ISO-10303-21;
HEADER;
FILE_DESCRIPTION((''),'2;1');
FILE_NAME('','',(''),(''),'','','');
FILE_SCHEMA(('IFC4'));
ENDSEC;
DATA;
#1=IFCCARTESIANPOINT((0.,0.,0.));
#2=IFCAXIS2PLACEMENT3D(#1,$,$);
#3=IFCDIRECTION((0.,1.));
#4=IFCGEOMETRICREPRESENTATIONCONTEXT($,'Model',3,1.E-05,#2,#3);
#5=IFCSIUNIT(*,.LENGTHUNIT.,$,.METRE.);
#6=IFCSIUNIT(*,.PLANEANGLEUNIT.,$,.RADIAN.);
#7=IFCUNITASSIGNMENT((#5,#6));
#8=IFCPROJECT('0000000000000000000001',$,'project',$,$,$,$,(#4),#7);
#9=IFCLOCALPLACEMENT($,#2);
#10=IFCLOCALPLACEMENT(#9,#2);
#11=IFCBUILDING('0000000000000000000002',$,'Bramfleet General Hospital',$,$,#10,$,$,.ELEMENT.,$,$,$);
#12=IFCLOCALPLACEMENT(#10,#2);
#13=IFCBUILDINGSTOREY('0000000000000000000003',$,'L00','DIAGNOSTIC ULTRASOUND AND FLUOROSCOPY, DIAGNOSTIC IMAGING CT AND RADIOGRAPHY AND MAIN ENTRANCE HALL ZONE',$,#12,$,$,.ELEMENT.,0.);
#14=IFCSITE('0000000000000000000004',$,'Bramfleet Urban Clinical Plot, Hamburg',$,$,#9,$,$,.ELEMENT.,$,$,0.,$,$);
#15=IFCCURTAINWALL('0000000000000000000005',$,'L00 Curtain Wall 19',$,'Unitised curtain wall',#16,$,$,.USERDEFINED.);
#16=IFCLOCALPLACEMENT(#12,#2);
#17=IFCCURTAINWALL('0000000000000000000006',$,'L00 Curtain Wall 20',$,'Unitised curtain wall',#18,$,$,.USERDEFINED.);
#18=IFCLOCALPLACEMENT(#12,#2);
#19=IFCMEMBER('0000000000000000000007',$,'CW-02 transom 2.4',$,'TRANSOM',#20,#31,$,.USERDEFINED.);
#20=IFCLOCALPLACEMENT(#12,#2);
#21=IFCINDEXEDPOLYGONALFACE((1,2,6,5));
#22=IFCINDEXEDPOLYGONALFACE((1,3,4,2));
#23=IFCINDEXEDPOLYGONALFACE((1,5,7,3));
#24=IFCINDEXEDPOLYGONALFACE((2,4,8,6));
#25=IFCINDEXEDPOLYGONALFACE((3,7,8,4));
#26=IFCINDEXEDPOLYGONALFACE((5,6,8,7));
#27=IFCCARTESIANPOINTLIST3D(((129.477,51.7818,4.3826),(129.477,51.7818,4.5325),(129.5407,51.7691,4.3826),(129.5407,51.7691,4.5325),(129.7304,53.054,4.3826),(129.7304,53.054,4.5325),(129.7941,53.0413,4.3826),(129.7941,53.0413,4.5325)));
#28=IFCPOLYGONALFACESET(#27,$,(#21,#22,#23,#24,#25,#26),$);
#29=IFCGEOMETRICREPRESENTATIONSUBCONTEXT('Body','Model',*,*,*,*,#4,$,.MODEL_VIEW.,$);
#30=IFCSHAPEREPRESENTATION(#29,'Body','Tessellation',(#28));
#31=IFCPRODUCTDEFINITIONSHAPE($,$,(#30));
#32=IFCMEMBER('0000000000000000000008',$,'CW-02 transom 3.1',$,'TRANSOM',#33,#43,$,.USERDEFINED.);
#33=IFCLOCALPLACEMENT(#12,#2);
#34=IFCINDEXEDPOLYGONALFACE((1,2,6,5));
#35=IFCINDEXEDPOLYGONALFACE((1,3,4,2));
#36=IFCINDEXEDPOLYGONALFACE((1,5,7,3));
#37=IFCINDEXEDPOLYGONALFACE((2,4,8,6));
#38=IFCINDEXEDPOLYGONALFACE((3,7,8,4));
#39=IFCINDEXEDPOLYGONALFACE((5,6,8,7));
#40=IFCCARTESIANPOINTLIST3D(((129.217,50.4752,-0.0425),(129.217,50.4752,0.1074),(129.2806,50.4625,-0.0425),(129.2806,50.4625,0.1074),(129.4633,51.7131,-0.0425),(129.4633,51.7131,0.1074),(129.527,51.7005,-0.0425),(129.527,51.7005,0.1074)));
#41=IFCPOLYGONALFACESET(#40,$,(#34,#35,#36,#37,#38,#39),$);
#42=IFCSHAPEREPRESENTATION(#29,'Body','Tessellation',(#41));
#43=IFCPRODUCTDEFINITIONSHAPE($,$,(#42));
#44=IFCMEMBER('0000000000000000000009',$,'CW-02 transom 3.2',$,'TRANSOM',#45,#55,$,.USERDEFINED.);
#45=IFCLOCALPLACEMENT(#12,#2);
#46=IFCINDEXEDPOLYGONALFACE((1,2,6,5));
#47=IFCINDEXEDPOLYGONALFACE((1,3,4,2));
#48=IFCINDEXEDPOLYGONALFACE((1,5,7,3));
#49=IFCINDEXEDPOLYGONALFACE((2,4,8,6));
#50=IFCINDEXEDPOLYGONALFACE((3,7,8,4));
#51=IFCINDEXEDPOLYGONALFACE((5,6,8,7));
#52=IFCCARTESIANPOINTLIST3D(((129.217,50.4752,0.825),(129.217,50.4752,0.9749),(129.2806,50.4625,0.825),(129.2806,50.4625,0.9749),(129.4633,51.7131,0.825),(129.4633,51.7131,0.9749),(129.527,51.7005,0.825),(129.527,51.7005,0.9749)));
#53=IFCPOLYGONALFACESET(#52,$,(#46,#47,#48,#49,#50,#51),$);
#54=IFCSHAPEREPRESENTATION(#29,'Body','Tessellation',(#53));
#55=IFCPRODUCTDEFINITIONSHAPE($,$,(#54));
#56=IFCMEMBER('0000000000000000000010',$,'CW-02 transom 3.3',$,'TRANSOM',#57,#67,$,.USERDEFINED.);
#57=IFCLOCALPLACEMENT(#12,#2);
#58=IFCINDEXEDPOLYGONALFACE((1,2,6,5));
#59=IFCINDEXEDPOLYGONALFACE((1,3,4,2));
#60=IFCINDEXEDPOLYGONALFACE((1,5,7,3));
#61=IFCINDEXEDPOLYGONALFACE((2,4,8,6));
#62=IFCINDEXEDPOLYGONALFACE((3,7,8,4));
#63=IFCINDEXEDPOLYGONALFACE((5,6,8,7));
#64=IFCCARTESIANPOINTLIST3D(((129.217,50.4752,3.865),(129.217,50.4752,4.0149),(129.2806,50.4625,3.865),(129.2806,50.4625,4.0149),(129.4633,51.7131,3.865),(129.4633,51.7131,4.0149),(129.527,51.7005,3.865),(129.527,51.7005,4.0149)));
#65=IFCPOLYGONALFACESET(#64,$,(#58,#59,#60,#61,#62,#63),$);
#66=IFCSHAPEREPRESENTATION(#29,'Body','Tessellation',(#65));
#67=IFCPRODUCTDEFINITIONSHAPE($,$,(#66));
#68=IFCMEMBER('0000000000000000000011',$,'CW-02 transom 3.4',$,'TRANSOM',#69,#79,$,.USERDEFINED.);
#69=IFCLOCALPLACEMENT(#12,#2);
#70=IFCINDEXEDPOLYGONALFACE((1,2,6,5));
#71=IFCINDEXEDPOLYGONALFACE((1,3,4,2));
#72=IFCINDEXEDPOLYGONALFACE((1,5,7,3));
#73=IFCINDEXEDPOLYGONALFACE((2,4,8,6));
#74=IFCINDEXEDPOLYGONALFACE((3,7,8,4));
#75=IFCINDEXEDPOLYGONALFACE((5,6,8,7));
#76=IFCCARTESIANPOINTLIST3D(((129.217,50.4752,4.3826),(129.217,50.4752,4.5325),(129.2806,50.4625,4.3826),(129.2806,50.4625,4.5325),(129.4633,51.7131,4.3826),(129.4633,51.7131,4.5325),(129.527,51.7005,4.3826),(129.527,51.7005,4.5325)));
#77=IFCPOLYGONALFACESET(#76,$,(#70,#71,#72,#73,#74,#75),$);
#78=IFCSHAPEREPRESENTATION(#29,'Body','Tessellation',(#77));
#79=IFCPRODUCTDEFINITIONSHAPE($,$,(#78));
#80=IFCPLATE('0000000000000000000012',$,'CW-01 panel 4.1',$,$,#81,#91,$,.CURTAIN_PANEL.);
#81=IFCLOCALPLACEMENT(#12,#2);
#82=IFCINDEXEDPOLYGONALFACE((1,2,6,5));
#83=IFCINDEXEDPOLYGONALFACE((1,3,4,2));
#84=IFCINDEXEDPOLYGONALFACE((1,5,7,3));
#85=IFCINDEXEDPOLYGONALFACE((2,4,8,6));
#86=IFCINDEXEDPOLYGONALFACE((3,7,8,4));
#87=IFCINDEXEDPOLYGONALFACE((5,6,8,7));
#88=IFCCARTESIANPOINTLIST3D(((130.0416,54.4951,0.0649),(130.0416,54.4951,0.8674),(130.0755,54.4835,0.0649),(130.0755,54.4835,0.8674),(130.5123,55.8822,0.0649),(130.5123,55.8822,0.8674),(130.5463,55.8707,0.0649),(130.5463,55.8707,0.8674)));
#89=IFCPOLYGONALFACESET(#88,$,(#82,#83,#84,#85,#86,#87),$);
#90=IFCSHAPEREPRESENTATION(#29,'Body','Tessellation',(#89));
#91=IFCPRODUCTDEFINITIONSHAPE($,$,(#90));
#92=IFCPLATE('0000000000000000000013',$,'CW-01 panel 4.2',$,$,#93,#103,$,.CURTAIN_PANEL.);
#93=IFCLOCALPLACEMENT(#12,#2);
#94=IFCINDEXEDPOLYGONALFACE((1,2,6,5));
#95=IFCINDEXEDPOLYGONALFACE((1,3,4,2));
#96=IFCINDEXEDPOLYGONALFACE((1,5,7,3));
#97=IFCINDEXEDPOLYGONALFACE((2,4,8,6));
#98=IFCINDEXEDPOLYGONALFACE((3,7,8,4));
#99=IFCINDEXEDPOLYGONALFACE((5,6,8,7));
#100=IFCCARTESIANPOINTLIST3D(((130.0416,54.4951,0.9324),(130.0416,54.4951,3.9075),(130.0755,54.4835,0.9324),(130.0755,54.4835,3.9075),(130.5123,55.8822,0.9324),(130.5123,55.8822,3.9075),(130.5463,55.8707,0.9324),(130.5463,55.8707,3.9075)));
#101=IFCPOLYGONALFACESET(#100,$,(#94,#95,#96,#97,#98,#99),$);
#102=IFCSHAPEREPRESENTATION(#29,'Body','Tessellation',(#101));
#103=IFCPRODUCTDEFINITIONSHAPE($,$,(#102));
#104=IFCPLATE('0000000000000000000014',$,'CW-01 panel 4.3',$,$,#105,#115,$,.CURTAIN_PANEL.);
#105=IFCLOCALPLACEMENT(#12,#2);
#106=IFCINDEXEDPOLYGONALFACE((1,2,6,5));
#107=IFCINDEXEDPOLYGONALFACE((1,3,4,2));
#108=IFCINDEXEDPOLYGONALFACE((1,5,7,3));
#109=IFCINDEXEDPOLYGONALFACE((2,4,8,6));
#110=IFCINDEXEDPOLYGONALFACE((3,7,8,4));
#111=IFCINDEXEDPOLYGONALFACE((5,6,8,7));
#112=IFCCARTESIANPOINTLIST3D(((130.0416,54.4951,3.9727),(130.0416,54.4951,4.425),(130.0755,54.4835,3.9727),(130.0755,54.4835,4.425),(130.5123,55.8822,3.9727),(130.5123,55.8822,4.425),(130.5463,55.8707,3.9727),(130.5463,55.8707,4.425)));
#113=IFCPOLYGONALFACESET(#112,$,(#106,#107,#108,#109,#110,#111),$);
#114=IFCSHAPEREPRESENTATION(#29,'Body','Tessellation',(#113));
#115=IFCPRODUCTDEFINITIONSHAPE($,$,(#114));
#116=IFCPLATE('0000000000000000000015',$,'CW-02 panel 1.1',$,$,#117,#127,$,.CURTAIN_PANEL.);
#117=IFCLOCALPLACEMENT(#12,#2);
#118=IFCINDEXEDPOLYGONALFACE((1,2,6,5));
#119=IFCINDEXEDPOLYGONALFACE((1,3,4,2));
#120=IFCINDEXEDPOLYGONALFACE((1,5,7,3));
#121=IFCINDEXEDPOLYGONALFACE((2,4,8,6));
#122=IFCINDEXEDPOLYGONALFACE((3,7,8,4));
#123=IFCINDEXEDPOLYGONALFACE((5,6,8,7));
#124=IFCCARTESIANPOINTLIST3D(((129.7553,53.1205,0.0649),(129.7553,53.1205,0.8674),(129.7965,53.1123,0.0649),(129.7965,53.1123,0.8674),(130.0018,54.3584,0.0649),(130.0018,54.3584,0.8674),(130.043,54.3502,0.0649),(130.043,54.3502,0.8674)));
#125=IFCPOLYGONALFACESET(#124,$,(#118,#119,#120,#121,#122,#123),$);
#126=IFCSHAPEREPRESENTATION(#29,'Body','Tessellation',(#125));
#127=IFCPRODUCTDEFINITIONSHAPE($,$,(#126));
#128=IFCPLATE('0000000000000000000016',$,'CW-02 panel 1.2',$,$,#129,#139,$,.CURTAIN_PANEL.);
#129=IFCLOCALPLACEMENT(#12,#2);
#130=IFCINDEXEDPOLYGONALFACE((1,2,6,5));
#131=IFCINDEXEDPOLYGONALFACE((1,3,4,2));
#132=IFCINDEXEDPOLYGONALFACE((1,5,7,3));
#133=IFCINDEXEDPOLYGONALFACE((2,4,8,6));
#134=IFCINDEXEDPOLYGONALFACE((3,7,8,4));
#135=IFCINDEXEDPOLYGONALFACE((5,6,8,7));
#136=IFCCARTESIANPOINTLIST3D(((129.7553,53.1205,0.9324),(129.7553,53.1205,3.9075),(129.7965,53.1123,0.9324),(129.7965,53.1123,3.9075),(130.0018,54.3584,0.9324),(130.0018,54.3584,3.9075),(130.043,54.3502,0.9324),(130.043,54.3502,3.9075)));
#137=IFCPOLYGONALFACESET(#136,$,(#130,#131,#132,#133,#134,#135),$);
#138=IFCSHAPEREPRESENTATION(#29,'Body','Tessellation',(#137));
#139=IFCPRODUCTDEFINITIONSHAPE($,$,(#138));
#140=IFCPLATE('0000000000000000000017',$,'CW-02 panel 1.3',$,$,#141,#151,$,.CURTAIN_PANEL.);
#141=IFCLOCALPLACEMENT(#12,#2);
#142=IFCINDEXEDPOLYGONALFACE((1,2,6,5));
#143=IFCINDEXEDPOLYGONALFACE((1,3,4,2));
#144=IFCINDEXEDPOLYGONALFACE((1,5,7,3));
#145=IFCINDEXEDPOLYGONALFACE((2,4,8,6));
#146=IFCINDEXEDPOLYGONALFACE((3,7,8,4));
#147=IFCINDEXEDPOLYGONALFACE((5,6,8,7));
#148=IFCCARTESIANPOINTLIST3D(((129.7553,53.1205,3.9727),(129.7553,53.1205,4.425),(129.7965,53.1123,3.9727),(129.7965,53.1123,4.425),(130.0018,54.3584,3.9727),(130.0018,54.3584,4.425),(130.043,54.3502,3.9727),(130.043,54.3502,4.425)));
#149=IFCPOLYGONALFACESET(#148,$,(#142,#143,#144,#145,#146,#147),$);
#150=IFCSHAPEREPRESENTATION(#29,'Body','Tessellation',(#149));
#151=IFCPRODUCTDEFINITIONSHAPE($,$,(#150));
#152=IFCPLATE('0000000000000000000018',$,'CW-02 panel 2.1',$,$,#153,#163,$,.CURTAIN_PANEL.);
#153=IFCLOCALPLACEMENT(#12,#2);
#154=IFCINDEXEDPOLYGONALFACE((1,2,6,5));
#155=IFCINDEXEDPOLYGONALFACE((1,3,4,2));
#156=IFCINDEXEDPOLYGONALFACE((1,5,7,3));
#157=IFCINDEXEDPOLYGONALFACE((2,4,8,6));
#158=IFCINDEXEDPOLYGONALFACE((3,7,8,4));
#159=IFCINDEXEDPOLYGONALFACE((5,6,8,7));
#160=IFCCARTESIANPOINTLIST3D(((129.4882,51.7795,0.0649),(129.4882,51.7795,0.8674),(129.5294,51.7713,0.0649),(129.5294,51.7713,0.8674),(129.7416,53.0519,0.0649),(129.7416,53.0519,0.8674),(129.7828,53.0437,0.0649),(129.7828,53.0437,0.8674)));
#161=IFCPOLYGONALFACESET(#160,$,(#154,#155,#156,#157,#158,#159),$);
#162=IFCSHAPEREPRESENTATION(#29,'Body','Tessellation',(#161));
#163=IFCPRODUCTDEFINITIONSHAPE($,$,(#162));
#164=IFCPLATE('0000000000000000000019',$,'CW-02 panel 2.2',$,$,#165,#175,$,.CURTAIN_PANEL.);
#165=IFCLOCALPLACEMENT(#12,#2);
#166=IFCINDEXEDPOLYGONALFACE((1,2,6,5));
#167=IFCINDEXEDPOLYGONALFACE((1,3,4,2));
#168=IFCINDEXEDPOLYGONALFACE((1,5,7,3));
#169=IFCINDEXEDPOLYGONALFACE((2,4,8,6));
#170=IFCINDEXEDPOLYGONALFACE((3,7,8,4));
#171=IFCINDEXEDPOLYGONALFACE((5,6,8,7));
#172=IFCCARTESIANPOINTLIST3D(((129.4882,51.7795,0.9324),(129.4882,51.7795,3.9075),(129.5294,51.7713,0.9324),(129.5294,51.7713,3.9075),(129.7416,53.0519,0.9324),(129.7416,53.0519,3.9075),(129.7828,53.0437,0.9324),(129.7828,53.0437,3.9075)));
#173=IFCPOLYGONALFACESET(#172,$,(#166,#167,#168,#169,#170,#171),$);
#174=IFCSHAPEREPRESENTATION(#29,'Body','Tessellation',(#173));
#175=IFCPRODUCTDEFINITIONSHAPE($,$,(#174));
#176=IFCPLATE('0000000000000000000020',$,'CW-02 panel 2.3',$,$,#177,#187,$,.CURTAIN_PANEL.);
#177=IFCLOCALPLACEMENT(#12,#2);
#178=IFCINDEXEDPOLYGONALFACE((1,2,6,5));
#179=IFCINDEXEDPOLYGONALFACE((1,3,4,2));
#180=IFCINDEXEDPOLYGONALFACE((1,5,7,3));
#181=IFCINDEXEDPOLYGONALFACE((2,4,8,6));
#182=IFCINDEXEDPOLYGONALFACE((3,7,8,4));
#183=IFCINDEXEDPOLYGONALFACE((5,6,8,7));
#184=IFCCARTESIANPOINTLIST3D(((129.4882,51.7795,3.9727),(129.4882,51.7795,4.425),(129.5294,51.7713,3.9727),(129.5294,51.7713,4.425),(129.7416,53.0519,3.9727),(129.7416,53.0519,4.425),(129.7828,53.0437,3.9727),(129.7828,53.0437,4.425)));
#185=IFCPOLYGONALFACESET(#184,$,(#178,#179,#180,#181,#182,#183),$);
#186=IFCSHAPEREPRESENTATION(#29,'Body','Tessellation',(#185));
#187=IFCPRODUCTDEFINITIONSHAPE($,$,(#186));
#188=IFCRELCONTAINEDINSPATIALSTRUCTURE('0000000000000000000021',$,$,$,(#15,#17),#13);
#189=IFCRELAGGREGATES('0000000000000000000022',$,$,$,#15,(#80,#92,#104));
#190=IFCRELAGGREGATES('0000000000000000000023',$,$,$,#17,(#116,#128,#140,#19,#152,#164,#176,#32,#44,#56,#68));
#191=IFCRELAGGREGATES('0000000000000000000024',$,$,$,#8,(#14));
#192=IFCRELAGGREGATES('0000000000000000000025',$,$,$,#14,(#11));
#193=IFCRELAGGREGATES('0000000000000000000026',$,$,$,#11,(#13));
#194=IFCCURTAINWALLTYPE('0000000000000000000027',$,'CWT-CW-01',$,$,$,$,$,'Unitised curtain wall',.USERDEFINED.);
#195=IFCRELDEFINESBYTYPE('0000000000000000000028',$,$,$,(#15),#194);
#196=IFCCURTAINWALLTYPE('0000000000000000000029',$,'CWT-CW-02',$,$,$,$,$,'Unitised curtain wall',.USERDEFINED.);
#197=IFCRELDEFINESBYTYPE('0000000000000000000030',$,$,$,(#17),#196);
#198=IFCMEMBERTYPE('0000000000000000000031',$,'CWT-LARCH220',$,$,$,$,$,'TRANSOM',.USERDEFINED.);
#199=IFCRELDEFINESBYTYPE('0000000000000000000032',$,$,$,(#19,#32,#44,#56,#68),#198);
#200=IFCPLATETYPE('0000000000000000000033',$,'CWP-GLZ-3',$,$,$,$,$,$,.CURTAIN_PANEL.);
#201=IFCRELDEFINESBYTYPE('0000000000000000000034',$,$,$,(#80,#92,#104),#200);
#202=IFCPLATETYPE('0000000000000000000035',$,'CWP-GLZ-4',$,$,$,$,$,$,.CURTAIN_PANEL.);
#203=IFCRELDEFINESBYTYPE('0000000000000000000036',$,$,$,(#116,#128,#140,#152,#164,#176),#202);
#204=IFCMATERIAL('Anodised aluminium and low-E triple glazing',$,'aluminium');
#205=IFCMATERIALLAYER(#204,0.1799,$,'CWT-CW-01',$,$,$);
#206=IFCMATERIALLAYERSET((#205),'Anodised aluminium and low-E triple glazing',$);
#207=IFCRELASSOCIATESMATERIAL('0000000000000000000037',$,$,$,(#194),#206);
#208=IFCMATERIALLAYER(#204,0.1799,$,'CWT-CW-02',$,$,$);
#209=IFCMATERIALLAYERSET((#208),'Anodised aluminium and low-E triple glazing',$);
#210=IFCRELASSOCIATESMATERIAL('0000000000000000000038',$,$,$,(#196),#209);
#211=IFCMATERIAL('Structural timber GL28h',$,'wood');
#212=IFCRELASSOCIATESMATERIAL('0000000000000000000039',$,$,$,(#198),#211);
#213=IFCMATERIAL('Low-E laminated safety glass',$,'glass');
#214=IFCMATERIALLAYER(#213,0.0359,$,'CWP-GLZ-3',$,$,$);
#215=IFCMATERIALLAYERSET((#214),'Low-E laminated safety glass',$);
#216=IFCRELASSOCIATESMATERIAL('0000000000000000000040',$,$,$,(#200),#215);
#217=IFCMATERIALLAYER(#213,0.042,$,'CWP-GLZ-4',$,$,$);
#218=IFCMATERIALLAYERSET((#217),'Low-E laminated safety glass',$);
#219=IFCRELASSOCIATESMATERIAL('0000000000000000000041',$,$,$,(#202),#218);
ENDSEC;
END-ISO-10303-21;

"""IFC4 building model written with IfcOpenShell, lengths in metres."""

from ifc_helpers import new_model, si_unit, direction, frame, origin, origin_2d, place, context, subcontext, project, spatial, rectangle, extrude, material, layer, layer_set, material_profile, profile_set, type_object, element, aggregate, save


model = new_model("IFC4")

# Units and contexts
model_context = context("Model", 3, precision=1e-05, world=origin(), true_north=direction((0.0, 1.0)))
body_context = subcontext(model_context, "Body", "Model", "MODEL_VIEW")
ifc_project = project(units=[si_unit("LENGTHUNIT", "METRE"), si_unit("PLANEANGLEUNIT", "RADIAN")], contexts=[model_context])

# Site, building, storey
site_placement = place(None, origin())
site = spatial("IfcSite", under=ifc_project, at=site_placement, Name="Bramfleet Urban Clinical Plot, Hamburg", CompositionType="ELEMENT", RefElevation=0.0)
building_placement = place(site_placement, origin())
building = spatial("IfcBuilding", under=site, at=building_placement, Name="Bramfleet General Hospital", CompositionType="ELEMENT")
storey_placement = place(building_placement, origin())
storey = spatial("IfcBuildingStorey", under=building, at=storey_placement, Name="L00", Description="DIAGNOSTIC ULTRASOUND AND FLUOROSCOPY, DIAGNOSTIC IMAGING CT AND RADIOGRAPHY AND MAIN ENTRANCE HALL ZONE", CompositionType="ELEMENT", Elevation=0.0)

# Curtain wall
ifc_material_1 = material(Name="Anodised aluminium and low-E triple glazing", Category="aluminium")
ifc_layer_1 = layer(ifc_material_1, 0.1799, Name="CWT-CW-01")
ifc_layer_set_1 = layer_set([ifc_layer_1], Name="Anodised aluminium and low-E triple glazing")
curtain_wall_type_1 = type_object("IfcCurtainWallType", Name="CWT-CW-01", ElementType="Unitised curtain wall", PredefinedType="USERDEFINED", material=ifc_layer_set_1)
curtain_wall_1_placement = place(storey_placement, origin())
curtain_wall_1 = element("IfcCurtainWall", 1, at=curtain_wall_1_placement, inside=storey, type_object=curtain_wall_type_1, Name="L00 Curtain Wall 19", ObjectType="Unitised curtain wall", PredefinedType="USERDEFINED")
ifc_material_2 = material(Name="Structural timber GL28h", Category="wood")

# Curtain wall
ifc_layer_2 = layer(ifc_material_1, 0.1799, Name="CWT-CW-02")
ifc_layer_set_2 = layer_set([ifc_layer_2], Name="Anodised aluminium and low-E triple glazing")
curtain_wall_type_2 = type_object("IfcCurtainWallType", Name="CWT-CW-02", ElementType="Unitised curtain wall", PredefinedType="USERDEFINED", material=ifc_layer_set_2)
curtain_wall_2_placement = place(storey_placement, origin())
curtain_wall_2 = element("IfcCurtainWall", 2, at=curtain_wall_2_placement, inside=storey, type_object=curtain_wall_type_2, Name="L00 Curtain Wall 20", ObjectType="Unitised curtain wall", PredefinedType="USERDEFINED")

# Members
ifc_material_profile_1 = material_profile(ifc_material_2, rectangle(XDim=0.0649, YDim=0.1499, at=origin_2d()), Name="LARCH 150x65")
ifc_profile_set_1 = profile_set([ifc_material_profile_1], Name="Structural timber GL28h")
member_type_1 = type_object("IfcMemberType", Name="CWT-LARCH220", ElementType="TRANSOM", PredefinedType="USERDEFINED", material=ifc_profile_set_1)
member_1_placement = place(storey_placement, frame((129.7622, 53.0476, 4.4575), z_axis=(-0.195356, -0.980732, 0.0), x_axis=(0.980732, -0.195356, 0.0)))
member_1 = element("IfcMember", 3, at=member_1_placement, type_object=member_type_1, Name="CW-02 transom 2.4", ObjectType="TRANSOM", PredefinedType="USERDEFINED", context=body_context, shape_type="SweptSolid", body=[
    extrude(rectangle(XDim=0.0649, YDim=0.1499, at=origin_2d()), origin(), (0.0, 0.0, 1.0), 1.2971),
])
member_2_placement = place(storey_placement, frame((129.4951, 51.7068, 0.0325), z_axis=(-0.195149, -0.980774, 0.0), x_axis=(0.980774, -0.195149, 0.0)))
member_2 = element("IfcMember", 4, at=member_2_placement, type_object=member_type_1, Name="CW-02 transom 3.1", ObjectType="TRANSOM", PredefinedType="USERDEFINED", context=body_context, shape_type="SweptSolid", body=[
    extrude(rectangle(XDim=0.0649, YDim=0.1499, at=origin_2d()), origin(), (0.0, 0.0, 1.0), 1.2622),
])
member_3_placement = place(storey_placement, frame((129.4951, 51.7068, 0.8999), z_axis=(-0.195149, -0.980774, 0.0), x_axis=(0.980774, -0.195149, 0.0)))
member_3 = element("IfcMember", 5, at=member_3_placement, type_object=member_type_1, Name="CW-02 transom 3.2", ObjectType="TRANSOM", PredefinedType="USERDEFINED", context=body_context, shape_type="SweptSolid", body=[
    extrude(rectangle(XDim=0.0649, YDim=0.1499, at=origin_2d()), origin(), (0.0, 0.0, 1.0), 1.2622),
])
member_4_placement = place(storey_placement, frame((129.4951, 51.7068, 3.9399), z_axis=(-0.195149, -0.980774, 0.0), x_axis=(0.980774, -0.195149, 0.0)))
member_4 = element("IfcMember", 6, at=member_4_placement, type_object=member_type_1, Name="CW-02 transom 3.3", ObjectType="TRANSOM", PredefinedType="USERDEFINED", context=body_context, shape_type="SweptSolid", body=[
    extrude(rectangle(XDim=0.0649, YDim=0.1499, at=origin_2d()), origin(), (0.0, 0.0, 1.0), 1.2622),
])
member_5_placement = place(storey_placement, frame((129.4951, 51.7068, 4.4575), z_axis=(-0.195149, -0.980774, 0.0), x_axis=(0.980774, -0.195149, 0.0)))
member_5 = element("IfcMember", 7, at=member_5_placement, type_object=member_type_1, Name="CW-02 transom 3.4", ObjectType="TRANSOM", PredefinedType="USERDEFINED", context=body_context, shape_type="SweptSolid", body=[
    extrude(rectangle(XDim=0.0649, YDim=0.1499, at=origin_2d()), origin(), (0.0, 0.0, 1.0), 1.2622),
])

# Plates
ifc_material_3 = material(Name="Low-E laminated safety glass", Category="glass")
ifc_layer_3 = layer(ifc_material_3, 0.0359, Name="CWP-GLZ-3")
ifc_layer_set_3 = layer_set([ifc_layer_3], Name="Low-E laminated safety glass")
plate_type_1 = type_object("IfcPlateType", Name="CWP-GLZ-3", PredefinedType="CURTAIN_PANEL", material=ifc_layer_set_3)
plate_1_placement = place(storey_placement, frame((130.2939, 55.1829, 0.0649), z_axis=(0.0, 0.0, 1.0), x_axis=(-0.321383, -0.946949, 0.0)))
plate_1 = element("IfcPlate", 8, at=plate_1_placement, type_object=plate_type_1, Name="CW-01 panel 4.1", PredefinedType="CURTAIN_PANEL", context=body_context, shape_type="SweptSolid", body=[
    extrude(rectangle(XDim=1.4648, YDim=0.0359, at=origin_2d()), origin(), (0.0, 0.0, 1.0), 0.8025),
])
plate_2_placement = place(storey_placement, frame((130.2939, 55.1829, 0.9324), z_axis=(0.0, 0.0, 1.0), x_axis=(-0.321383, -0.946949, 0.0)))
plate_2 = element("IfcPlate", 9, at=plate_2_placement, type_object=plate_type_1, Name="CW-01 panel 4.2", PredefinedType="CURTAIN_PANEL", context=body_context, shape_type="SweptSolid", body=[
    extrude(rectangle(XDim=1.4648, YDim=0.0359, at=origin_2d()), origin(), (0.0, 0.0, 1.0), 2.9751),
])
plate_3_placement = place(storey_placement, frame((130.2939, 55.1829, 3.9727), z_axis=(0.0, 0.0, 1.0), x_axis=(-0.321383, -0.946949, 0.0)))
plate_3 = element("IfcPlate", 10, at=plate_3_placement, type_object=plate_type_1, Name="CW-01 panel 4.3", PredefinedType="CURTAIN_PANEL", context=body_context, shape_type="SweptSolid", body=[
    extrude(rectangle(XDim=1.4648, YDim=0.0359, at=origin_2d()), origin(), (0.0, 0.0, 1.0), 0.4524),
])
aggregate(curtain_wall_1, [plate_1, plate_2, plate_3])
ifc_layer_4 = layer(ifc_material_3, 0.042, Name="CWP-GLZ-4")
ifc_layer_set_4 = layer_set([ifc_layer_4], Name="Low-E laminated safety glass")
plate_type_2 = type_object("IfcPlateType", Name="CWP-GLZ-4", PredefinedType="CURTAIN_PANEL", material=ifc_layer_set_4)
plate_4_placement = place(storey_placement, frame((129.8992, 53.7354, 0.0649), z_axis=(0.0, 0.0, 1.0), x_axis=(-0.195272, -0.980749, 0.0)))
plate_4 = element("IfcPlate", 11, at=plate_4_placement, type_object=plate_type_2, Name="CW-02 panel 1.1", PredefinedType="CURTAIN_PANEL", context=body_context, shape_type="SweptSolid", body=[
    extrude(rectangle(XDim=1.2622, YDim=0.042, at=origin_2d()), origin(), (0.0, 0.0, 1.0), 0.8025),
])
plate_5_placement = place(storey_placement, frame((129.8992, 53.7354, 0.9324), z_axis=(0.0, 0.0, 1.0), x_axis=(-0.195272, -0.980749, 0.0)))
plate_5 = element("IfcPlate", 12, at=plate_5_placement, type_object=plate_type_2, Name="CW-02 panel 1.2", PredefinedType="CURTAIN_PANEL", context=body_context, shape_type="SweptSolid", body=[
    extrude(rectangle(XDim=1.2622, YDim=0.042, at=origin_2d()), origin(), (0.0, 0.0, 1.0), 2.9751),
])
plate_6_placement = place(storey_placement, frame((129.8992, 53.7354, 3.9727), z_axis=(0.0, 0.0, 1.0), x_axis=(-0.195272, -0.980749, 0.0)))
plate_6 = element("IfcPlate", 13, at=plate_6_placement, type_object=plate_type_2, Name="CW-02 panel 1.3", PredefinedType="CURTAIN_PANEL", context=body_context, shape_type="SweptSolid", body=[
    extrude(rectangle(XDim=1.2622, YDim=0.042, at=origin_2d()), origin(), (0.0, 0.0, 1.0), 0.4524),
])
plate_7_placement = place(storey_placement, frame((129.6355, 52.4116, 0.0649), z_axis=(0.0, 0.0, 1.0), x_axis=(-0.195272, -0.980749, 0.0)))
plate_7 = element("IfcPlate", 14, at=plate_7_placement, type_object=plate_type_2, Name="CW-02 panel 2.1", PredefinedType="CURTAIN_PANEL", context=body_context, shape_type="SweptSolid", body=[
    extrude(rectangle(XDim=1.2974, YDim=0.042, at=origin_2d()), origin(), (0.0, 0.0, 1.0), 0.8025),
])
plate_8_placement = place(storey_placement, frame((129.6355, 52.4116, 0.9324), z_axis=(0.0, 0.0, 1.0), x_axis=(-0.195272, -0.980749, 0.0)))
plate_8 = element("IfcPlate", 15, at=plate_8_placement, type_object=plate_type_2, Name="CW-02 panel 2.2", PredefinedType="CURTAIN_PANEL", context=body_context, shape_type="SweptSolid", body=[
    extrude(rectangle(XDim=1.2974, YDim=0.042, at=origin_2d()), origin(), (0.0, 0.0, 1.0), 2.9751),
])
plate_9_placement = place(storey_placement, frame((129.6355, 52.4116, 3.9727), z_axis=(0.0, 0.0, 1.0), x_axis=(-0.195272, -0.980749, 0.0)))
plate_9 = element("IfcPlate", 16, at=plate_9_placement, type_object=plate_type_2, Name="CW-02 panel 2.3", PredefinedType="CURTAIN_PANEL", context=body_context, shape_type="SweptSolid", body=[
    extrude(rectangle(XDim=1.2974, YDim=0.042, at=origin_2d()), origin(), (0.0, 0.0, 1.0), 0.4524),
])
aggregate(curtain_wall_2, [plate_4, plate_5, plate_6, member_1, plate_7, plate_8, plate_9, member_2, member_3, member_4, member_5])

save(model, "model.ifc")
